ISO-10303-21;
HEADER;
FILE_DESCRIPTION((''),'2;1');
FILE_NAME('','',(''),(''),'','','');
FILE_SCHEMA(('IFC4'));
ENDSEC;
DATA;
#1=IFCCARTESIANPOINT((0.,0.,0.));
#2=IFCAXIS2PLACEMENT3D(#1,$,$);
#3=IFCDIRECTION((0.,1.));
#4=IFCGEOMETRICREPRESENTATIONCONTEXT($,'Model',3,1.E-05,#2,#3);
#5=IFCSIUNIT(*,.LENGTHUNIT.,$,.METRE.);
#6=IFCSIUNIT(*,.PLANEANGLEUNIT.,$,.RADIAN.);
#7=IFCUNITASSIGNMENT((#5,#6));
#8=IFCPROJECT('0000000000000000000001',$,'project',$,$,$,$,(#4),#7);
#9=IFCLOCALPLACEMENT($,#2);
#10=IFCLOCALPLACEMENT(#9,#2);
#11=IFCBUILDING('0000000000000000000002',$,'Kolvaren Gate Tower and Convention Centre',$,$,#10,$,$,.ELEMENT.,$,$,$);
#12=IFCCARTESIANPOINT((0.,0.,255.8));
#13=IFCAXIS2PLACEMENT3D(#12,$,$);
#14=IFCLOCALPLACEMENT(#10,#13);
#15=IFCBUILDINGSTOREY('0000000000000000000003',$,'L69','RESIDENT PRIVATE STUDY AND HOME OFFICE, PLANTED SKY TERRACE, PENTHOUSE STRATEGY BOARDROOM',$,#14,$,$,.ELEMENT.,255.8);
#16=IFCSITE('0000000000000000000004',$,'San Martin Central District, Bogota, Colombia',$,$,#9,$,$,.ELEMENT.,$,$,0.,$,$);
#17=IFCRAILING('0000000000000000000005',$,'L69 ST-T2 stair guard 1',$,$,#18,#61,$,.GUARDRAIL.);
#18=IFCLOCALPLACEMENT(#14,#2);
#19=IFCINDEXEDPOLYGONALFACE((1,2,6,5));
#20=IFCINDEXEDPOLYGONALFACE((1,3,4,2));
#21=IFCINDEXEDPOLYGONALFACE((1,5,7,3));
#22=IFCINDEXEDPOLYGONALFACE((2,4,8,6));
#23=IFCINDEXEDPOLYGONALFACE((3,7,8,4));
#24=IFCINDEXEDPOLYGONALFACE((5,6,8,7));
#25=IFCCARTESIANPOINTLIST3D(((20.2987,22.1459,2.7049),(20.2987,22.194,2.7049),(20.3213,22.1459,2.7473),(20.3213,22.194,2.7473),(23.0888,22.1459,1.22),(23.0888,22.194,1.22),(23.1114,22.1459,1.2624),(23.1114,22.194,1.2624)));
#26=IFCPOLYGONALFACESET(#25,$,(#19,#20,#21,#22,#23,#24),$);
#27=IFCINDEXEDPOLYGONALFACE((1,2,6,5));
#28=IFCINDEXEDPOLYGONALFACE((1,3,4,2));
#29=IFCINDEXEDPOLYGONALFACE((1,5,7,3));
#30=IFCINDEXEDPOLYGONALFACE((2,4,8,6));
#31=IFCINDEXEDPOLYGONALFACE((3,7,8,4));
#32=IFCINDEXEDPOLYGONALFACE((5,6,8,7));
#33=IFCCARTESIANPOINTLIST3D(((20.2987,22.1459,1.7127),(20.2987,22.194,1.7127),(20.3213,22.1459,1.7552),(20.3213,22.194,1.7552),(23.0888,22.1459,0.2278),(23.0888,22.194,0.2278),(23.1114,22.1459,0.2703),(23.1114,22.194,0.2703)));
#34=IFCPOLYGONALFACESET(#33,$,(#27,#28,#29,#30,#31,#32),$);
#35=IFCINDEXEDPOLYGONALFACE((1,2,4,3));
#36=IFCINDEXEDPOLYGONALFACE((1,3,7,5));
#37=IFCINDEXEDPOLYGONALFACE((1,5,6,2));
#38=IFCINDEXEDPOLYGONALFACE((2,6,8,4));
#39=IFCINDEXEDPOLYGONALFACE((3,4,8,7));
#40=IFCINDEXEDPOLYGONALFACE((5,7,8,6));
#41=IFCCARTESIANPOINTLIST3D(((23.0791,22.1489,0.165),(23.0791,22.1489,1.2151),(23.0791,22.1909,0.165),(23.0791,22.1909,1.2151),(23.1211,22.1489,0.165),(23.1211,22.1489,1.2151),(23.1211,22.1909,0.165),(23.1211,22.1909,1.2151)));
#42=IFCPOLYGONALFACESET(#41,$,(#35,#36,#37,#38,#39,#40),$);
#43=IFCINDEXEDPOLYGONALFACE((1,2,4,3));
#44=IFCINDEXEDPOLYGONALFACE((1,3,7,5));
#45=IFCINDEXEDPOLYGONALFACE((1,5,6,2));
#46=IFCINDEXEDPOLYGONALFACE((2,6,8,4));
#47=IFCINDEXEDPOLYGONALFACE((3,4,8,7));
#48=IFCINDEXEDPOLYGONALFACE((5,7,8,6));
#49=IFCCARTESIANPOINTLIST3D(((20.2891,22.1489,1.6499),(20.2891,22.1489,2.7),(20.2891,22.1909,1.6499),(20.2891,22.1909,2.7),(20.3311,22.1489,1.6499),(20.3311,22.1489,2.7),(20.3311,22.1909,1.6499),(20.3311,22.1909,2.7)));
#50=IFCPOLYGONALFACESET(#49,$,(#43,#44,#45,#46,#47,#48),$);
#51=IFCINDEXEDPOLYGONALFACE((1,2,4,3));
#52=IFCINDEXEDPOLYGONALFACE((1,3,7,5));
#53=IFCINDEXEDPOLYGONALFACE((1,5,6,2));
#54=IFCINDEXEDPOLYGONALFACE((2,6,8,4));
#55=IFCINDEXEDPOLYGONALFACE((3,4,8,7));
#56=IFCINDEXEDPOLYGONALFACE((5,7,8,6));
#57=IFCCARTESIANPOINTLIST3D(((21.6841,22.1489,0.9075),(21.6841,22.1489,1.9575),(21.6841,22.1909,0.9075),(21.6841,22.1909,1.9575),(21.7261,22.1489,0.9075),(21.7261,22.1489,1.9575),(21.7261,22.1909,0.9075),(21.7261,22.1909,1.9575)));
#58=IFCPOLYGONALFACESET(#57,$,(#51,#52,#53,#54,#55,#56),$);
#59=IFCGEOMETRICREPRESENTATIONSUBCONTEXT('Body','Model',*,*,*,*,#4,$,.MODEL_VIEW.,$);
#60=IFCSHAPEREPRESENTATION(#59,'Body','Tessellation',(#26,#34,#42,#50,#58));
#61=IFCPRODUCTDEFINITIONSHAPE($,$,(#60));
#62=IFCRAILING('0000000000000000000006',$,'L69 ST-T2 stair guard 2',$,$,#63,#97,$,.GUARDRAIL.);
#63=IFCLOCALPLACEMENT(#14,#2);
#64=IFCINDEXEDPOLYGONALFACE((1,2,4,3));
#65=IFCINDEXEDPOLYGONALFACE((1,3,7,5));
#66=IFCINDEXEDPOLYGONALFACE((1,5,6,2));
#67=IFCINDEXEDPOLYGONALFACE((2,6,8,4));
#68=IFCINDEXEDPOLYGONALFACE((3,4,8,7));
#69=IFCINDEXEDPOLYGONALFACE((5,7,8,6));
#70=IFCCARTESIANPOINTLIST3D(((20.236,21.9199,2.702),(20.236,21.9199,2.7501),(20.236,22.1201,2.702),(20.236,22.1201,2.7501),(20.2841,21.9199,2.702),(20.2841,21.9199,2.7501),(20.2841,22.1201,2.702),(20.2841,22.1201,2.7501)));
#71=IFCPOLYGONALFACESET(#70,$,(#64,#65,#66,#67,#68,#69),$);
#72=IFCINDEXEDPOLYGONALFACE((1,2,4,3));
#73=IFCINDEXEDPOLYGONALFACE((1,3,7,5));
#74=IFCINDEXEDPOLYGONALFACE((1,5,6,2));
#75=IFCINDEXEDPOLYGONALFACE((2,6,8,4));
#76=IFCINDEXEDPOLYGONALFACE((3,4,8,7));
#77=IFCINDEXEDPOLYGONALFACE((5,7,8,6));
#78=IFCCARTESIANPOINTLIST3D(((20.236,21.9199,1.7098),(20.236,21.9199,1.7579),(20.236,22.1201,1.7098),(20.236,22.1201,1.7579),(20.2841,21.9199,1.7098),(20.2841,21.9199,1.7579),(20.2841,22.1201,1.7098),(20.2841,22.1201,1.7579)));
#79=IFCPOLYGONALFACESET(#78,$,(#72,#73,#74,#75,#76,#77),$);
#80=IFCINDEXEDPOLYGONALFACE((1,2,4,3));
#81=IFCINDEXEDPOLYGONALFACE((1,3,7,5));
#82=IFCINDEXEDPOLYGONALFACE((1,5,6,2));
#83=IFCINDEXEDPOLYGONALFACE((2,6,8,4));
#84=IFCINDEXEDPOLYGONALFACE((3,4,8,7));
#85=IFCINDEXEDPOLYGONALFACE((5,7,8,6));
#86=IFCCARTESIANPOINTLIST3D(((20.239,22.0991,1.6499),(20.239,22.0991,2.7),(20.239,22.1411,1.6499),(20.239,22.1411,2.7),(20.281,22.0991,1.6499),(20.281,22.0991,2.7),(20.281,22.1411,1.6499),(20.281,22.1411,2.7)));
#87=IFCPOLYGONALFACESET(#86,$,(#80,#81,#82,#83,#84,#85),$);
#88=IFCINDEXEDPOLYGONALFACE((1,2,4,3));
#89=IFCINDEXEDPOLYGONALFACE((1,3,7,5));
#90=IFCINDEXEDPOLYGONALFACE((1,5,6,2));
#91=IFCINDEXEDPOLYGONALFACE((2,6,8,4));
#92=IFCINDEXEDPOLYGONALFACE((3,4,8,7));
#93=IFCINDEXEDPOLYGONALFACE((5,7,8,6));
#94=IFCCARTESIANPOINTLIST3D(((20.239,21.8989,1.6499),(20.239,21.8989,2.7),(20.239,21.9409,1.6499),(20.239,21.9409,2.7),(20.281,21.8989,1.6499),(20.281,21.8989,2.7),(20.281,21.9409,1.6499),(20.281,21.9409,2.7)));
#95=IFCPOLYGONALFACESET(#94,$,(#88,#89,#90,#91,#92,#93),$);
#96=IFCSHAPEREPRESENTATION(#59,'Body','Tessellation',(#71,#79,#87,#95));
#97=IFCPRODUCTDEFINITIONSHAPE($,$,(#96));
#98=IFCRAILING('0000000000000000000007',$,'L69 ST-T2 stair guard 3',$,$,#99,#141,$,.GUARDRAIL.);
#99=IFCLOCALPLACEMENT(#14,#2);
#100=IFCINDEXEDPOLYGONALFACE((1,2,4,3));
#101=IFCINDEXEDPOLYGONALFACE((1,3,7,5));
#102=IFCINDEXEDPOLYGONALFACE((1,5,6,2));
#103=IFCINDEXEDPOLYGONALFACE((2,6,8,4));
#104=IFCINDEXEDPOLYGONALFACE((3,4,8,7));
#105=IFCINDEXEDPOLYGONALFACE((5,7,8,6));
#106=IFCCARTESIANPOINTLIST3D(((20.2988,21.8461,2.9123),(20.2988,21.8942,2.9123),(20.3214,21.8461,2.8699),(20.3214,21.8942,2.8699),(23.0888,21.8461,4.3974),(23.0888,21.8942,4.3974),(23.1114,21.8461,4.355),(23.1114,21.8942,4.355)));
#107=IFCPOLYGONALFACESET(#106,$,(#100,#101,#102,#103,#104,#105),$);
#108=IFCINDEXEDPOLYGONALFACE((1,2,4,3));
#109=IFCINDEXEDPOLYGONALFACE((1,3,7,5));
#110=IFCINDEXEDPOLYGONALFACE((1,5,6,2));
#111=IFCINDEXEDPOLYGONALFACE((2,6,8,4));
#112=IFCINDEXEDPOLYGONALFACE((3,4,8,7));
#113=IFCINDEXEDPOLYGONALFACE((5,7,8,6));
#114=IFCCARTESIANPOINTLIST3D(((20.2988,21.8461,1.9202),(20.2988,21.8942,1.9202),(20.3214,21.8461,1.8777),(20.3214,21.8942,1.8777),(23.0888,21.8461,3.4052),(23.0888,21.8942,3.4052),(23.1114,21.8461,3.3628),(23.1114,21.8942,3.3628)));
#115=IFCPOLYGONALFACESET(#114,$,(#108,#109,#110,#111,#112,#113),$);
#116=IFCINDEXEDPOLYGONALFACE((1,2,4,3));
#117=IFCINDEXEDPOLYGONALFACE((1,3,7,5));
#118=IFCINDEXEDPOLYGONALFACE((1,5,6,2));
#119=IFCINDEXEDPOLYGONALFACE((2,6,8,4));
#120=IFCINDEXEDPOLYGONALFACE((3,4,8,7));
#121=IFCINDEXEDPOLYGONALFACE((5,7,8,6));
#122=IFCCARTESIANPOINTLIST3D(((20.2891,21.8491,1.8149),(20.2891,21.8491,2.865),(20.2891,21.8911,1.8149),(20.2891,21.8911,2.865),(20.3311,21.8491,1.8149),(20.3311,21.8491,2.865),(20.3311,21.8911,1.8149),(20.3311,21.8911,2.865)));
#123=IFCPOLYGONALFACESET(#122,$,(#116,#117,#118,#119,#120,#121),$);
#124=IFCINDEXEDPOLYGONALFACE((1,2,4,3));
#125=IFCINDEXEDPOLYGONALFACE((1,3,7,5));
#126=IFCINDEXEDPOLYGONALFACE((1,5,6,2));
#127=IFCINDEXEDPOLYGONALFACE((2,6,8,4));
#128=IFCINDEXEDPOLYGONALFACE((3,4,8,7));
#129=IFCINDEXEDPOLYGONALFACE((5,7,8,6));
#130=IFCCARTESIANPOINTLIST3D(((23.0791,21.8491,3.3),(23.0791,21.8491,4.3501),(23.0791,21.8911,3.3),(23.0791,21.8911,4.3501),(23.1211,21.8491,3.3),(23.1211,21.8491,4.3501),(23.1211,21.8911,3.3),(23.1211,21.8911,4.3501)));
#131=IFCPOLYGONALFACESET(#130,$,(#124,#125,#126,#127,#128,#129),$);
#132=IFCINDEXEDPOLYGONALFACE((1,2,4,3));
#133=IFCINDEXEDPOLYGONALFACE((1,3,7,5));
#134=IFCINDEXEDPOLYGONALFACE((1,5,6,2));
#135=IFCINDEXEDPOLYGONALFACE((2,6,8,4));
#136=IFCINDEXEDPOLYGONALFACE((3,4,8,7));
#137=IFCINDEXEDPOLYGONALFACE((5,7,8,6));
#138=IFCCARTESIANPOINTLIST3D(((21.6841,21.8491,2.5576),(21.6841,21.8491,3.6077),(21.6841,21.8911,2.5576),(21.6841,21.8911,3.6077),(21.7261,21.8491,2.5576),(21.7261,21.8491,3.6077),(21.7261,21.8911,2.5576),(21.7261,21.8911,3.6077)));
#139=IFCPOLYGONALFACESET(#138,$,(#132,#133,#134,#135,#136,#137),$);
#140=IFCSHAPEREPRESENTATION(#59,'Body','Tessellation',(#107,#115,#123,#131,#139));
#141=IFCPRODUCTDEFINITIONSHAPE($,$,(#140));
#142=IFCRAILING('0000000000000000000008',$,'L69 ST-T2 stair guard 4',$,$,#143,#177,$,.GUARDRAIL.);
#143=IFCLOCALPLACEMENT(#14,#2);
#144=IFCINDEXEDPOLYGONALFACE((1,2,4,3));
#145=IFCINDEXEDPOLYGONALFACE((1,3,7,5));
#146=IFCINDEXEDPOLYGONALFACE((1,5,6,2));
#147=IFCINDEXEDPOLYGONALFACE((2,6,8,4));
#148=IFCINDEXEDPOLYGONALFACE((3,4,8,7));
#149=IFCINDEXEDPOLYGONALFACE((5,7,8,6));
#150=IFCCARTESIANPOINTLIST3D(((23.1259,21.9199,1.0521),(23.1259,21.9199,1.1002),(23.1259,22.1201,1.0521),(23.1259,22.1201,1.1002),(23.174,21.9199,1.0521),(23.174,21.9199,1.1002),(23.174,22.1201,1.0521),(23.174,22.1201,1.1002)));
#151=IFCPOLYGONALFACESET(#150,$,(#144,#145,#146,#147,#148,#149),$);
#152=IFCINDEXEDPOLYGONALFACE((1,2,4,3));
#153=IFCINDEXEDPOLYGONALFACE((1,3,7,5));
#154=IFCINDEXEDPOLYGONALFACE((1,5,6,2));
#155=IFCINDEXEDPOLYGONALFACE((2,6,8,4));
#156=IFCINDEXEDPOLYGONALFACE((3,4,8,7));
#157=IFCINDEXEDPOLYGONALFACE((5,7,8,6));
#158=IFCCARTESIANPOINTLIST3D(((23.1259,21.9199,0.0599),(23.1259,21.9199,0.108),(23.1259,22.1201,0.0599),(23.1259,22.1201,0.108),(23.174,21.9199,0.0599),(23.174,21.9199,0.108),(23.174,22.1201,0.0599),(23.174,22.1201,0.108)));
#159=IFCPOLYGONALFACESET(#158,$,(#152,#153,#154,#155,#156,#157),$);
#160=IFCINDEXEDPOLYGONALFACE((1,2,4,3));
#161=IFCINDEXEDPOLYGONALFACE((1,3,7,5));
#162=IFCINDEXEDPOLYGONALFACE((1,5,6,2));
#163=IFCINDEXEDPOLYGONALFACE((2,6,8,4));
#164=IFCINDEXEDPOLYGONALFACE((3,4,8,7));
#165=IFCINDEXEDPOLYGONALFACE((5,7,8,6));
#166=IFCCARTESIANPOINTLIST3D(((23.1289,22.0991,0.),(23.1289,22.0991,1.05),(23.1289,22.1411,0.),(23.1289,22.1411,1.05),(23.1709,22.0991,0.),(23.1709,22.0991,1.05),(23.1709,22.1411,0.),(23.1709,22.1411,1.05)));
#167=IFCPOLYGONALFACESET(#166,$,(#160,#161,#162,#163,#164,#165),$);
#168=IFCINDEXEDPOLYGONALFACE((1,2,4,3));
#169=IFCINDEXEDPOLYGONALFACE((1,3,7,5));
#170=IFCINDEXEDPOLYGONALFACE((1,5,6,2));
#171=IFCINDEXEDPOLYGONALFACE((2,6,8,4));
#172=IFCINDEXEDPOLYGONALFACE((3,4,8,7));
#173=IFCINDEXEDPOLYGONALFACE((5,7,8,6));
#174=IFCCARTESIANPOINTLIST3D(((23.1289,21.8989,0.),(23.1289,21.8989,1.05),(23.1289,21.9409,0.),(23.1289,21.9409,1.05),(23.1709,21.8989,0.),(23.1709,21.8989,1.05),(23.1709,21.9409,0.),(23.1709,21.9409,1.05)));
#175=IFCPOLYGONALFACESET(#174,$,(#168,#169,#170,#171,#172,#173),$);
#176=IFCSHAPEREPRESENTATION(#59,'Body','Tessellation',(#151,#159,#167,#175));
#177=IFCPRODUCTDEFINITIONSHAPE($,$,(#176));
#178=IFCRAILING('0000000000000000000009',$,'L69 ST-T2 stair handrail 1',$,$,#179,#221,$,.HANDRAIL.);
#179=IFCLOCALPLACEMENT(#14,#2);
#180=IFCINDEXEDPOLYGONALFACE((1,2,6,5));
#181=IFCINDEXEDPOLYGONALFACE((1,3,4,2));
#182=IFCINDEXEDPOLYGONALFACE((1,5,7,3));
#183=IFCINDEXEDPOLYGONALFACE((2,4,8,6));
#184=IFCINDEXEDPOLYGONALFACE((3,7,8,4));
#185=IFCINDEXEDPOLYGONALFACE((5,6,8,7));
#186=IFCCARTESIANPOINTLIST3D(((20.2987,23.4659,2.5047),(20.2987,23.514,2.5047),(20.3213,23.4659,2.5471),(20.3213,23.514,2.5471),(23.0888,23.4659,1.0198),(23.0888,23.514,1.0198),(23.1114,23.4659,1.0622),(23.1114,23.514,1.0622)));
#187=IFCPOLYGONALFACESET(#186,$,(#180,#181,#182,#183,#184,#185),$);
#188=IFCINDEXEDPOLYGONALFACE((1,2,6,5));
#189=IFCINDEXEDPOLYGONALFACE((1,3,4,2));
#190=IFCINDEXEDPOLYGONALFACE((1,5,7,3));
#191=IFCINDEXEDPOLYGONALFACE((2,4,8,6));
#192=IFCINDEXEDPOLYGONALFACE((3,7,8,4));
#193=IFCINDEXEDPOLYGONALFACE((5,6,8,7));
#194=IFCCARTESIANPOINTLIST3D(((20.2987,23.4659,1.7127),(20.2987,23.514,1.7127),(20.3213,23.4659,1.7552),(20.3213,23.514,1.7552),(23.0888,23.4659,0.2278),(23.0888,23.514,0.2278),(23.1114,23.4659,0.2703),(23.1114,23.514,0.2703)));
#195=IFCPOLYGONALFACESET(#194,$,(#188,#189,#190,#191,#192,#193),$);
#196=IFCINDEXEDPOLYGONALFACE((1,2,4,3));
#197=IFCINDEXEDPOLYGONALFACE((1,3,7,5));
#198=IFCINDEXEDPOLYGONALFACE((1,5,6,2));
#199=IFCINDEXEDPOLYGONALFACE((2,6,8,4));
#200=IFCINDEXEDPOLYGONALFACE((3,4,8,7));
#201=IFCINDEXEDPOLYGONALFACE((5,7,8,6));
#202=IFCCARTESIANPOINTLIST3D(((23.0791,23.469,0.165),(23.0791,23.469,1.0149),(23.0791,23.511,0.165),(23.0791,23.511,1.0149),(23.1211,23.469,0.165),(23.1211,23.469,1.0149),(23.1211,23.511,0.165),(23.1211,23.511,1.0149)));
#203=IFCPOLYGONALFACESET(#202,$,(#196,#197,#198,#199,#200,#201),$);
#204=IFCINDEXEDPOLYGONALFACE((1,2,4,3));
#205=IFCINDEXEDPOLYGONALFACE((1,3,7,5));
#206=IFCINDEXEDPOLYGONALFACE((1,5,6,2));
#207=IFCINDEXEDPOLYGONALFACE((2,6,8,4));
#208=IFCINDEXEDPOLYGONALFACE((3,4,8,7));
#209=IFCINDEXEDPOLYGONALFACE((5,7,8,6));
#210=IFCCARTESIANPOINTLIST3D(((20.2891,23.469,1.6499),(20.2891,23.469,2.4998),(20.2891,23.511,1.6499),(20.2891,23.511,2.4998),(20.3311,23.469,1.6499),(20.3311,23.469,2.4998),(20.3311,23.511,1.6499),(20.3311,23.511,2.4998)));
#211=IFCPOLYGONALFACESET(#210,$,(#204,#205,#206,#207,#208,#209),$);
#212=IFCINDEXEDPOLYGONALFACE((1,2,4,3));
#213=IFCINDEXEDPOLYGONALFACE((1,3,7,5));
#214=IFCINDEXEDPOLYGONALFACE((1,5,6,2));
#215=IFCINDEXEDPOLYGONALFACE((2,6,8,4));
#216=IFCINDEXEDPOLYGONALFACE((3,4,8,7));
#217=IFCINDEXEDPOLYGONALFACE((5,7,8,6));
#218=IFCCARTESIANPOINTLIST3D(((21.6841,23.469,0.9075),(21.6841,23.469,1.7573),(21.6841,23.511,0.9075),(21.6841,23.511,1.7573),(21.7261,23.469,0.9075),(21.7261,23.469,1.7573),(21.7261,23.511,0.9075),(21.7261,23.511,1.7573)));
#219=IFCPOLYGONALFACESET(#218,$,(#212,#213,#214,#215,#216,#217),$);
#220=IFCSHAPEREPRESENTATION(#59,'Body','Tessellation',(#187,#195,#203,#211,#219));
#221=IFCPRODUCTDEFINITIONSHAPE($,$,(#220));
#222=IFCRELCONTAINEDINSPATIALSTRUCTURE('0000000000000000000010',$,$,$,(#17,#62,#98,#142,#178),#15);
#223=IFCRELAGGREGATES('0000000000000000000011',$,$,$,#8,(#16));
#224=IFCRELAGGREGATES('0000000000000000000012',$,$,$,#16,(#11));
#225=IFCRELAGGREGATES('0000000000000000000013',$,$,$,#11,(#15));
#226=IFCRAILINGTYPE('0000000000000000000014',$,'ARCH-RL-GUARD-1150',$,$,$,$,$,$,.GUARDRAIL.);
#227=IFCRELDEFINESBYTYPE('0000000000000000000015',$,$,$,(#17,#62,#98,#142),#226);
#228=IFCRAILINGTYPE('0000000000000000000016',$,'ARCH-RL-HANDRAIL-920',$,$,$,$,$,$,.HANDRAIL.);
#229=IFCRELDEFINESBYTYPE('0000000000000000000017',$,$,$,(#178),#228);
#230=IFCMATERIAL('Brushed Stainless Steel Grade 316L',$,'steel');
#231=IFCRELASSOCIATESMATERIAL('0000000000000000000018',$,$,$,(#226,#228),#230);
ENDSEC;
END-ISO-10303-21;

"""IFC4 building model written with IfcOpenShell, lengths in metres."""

from ifc_helpers import new_model, si_unit, direction, frame, origin, origin_2d, place, context, subcontext, project, spatial, rectangle, extrude, material, type_object, element, save


model = new_model("IFC4")

# Units and contexts
model_context = context("Model", 3, precision=1e-05, world=origin(), true_north=direction((0.0, 1.0)))
body_context = subcontext(model_context, "Body", "Model", "MODEL_VIEW")
ifc_project = project(units=[si_unit("LENGTHUNIT", "METRE"), si_unit("PLANEANGLEUNIT", "RADIAN")], contexts=[model_context])

# Site, building, storey
site_placement = place(None, origin())
site = spatial("IfcSite", under=ifc_project, at=site_placement, Name="San Martin Central District, Bogota, Colombia", CompositionType="ELEMENT", RefElevation=0.0)
building_placement = place(site_placement, origin())
building = spatial("IfcBuilding", under=site, at=building_placement, Name="Kolvaren Gate Tower and Convention Centre", CompositionType="ELEMENT")
storey_placement = place(building_placement, frame((0.0, 0.0, 255.8)))
storey = spatial("IfcBuildingStorey", under=building, at=storey_placement, Name="L69", Description="RESIDENT PRIVATE STUDY AND HOME OFFICE, PLANTED SKY TERRACE, PENTHOUSE STRATEGY BOARDROOM", CompositionType="ELEMENT", Elevation=255.8)

# Shared definitions
ifc_material_1 = material(Name="Brushed Stainless Steel Grade 316L", Category="steel")

# Railings
railing_type_1 = type_object("IfcRailingType", Name="ARCH-RL-GUARD-1150", PredefinedType="GUARDRAIL", material=ifc_material_1)
railing_1_placement = place(storey_placement, frame((23.1001, 22.1699, 0.165)))
element("IfcRailing", 1, at=railing_1_placement, inside=storey, type_object=railing_type_1, Name="L69 ST-T2 stair guard 1", PredefinedType="GUARDRAIL", context=body_context, shape_type="SweptSolid", body=[
    extrude(rectangle(XDim=0.0481, YDim=0.0481, at=origin_2d()), frame((0.0, 0.0, 1.0762), z_axis=(-0.882767, 0.0, 0.46981), x_axis=(0.0, -1.0, 0.0)), (0.0, 0.0, 1.0), 3.1606),
    extrude(rectangle(XDim=0.0481, YDim=0.0481, at=origin_2d()), frame((0.0, 0.0, 0.084), z_axis=(-0.882767, 0.0, 0.46981), x_axis=(0.0, -1.0, 0.0)), (0.0, 0.0, 1.0), 3.1606),
    extrude(rectangle(XDim=0.042, YDim=0.042, at=origin_2d()), origin(), (0.0, 0.0, 1.0), 1.05),
    extrude(rectangle(XDim=0.042, YDim=0.042, at=origin_2d()), frame((-2.79, 0.0, 1.4849)), (0.0, 0.0, 1.0), 1.05),
    extrude(rectangle(XDim=0.042, YDim=0.042, at=origin_2d()), frame((-1.395, 0.0, 0.7424)), (0.0, 0.0, 1.0), 1.05),
])
railing_2_placement = place(storey_placement, frame((20.26, 22.1201, 1.6499)))
element("IfcRailing", 2, at=railing_2_placement, inside=storey, type_object=railing_type_1, Name="L69 ST-T2 stair guard 2", PredefinedType="GUARDRAIL", context=body_context, shape_type="SweptSolid", body=[
    extrude(rectangle(XDim=0.0481, YDim=0.0481, at=origin_2d()), frame((0.0, 0.0, 1.0762), z_axis=(0.0, -1.0, 0.0), x_axis=(1.0, 0.0, 0.0)), (0.0, 0.0, 1.0), 0.2002),
    extrude(rectangle(XDim=0.0481, YDim=0.0481, at=origin_2d()), frame((0.0, 0.0, 0.084), z_axis=(0.0, -1.0, 0.0), x_axis=(1.0, 0.0, 0.0)), (0.0, 0.0, 1.0), 0.2002),
    extrude(rectangle(XDim=0.042, YDim=0.042, at=origin_2d()), origin(), (0.0, 0.0, 1.0), 1.05),
    extrude(rectangle(XDim=0.042, YDim=0.042, at=origin_2d()), frame((0.0, -0.2002, 0.0)), (0.0, 0.0, 1.0), 1.05),
])
railing_3_placement = place(storey_placement, frame((20.3101, 21.8701, 1.8149)))
element("IfcRailing", 3, at=railing_3_placement, inside=storey, type_object=railing_type_1, Name="L69 ST-T2 stair guard 3", PredefinedType="GUARDRAIL", context=body_context, shape_type="SweptSolid", body=[
    extrude(rectangle(XDim=0.0481, YDim=0.0481, at=origin_2d()), frame((0.0, 0.0, 1.0762), z_axis=(0.882735, 0.0, 0.46987), x_axis=(0.0, 1.0, 0.0)), (0.0, 0.0, 1.0), 3.1606),
    extrude(rectangle(XDim=0.0481, YDim=0.0481, at=origin_2d()), frame((0.0, 0.0, 0.084), z_axis=(0.882735, 0.0, 0.46987), x_axis=(0.0, 1.0, 0.0)), (0.0, 0.0, 1.0), 3.1606),
    extrude(rectangle(XDim=0.042, YDim=0.042, at=origin_2d()), origin(), (0.0, 0.0, 1.0), 1.05),
    extrude(rectangle(XDim=0.042, YDim=0.042, at=origin_2d()), frame((2.79, 0.0, 1.4851)), (0.0, 0.0, 1.0), 1.05),
    extrude(rectangle(XDim=0.042, YDim=0.042, at=origin_2d()), frame((1.395, 0.0, 0.7427)), (0.0, 0.0, 1.0), 1.05),
])
railing_4_placement = place(storey_placement, frame((23.1499, 22.1201, 0.0)))
element("IfcRailing", 4, at=railing_4_placement, inside=storey, type_object=railing_type_1, Name="L69 ST-T2 stair guard 4", PredefinedType="GUARDRAIL", context=body_context, shape_type="SweptSolid", body=[
    extrude(rectangle(XDim=0.0481, YDim=0.0481, at=origin_2d()), frame((0.0, 0.0, 1.0762), z_axis=(0.0, -1.0, 0.0), x_axis=(1.0, 0.0, 0.0)), (0.0, 0.0, 1.0), 0.2002),
    extrude(rectangle(XDim=0.0481, YDim=0.0481, at=origin_2d()), frame((0.0, 0.0, 0.084), z_axis=(0.0, -1.0, 0.0), x_axis=(1.0, 0.0, 0.0)), (0.0, 0.0, 1.0), 0.2002),
    extrude(rectangle(XDim=0.042, YDim=0.042, at=origin_2d()), origin(), (0.0, 0.0, 1.0), 1.05),
    extrude(rectangle(XDim=0.042, YDim=0.042, at=origin_2d()), frame((0.0, -0.2002, 0.0)), (0.0, 0.0, 1.0), 1.05),
])
railing_type_2 = type_object("IfcRailingType", Name="ARCH-RL-HANDRAIL-920", PredefinedType="HANDRAIL", material=ifc_material_1)
railing_5_placement = place(storey_placement, frame((23.1001, 23.49, 0.165)))
element("IfcRailing", 5, at=railing_5_placement, inside=storey, type_object=railing_type_2, Name="L69 ST-T2 stair handrail 1", PredefinedType="HANDRAIL", context=body_context, shape_type="SweptSolid", body=[
    extrude(rectangle(XDim=0.0481, YDim=0.0481, at=origin_2d()), frame((0.0, 0.0, 0.876), z_axis=(-0.882767, 0.0, 0.46981), x_axis=(0.0, -1.0, 0.0)), (0.0, 0.0, 1.0), 3.1606),
    extrude(rectangle(XDim=0.0481, YDim=0.0481, at=origin_2d()), frame((0.0, 0.0, 0.084), z_axis=(-0.882767, 0.0, 0.46981), x_axis=(0.0, -1.0, 0.0)), (0.0, 0.0, 1.0), 3.1606),
    extrude(rectangle(XDim=0.042, YDim=0.042, at=origin_2d()), origin(), (0.0, 0.0, 1.0), 0.8499),
    extrude(rectangle(XDim=0.042, YDim=0.042, at=origin_2d()), frame((-2.79, 0.0, 1.4849)), (0.0, 0.0, 1.0), 0.8499),
    extrude(rectangle(XDim=0.042, YDim=0.042, at=origin_2d()), frame((-1.395, 0.0, 0.7424)), (0.0, 0.0, 1.0), 0.8499),
])

save(model, "model.ifc")
